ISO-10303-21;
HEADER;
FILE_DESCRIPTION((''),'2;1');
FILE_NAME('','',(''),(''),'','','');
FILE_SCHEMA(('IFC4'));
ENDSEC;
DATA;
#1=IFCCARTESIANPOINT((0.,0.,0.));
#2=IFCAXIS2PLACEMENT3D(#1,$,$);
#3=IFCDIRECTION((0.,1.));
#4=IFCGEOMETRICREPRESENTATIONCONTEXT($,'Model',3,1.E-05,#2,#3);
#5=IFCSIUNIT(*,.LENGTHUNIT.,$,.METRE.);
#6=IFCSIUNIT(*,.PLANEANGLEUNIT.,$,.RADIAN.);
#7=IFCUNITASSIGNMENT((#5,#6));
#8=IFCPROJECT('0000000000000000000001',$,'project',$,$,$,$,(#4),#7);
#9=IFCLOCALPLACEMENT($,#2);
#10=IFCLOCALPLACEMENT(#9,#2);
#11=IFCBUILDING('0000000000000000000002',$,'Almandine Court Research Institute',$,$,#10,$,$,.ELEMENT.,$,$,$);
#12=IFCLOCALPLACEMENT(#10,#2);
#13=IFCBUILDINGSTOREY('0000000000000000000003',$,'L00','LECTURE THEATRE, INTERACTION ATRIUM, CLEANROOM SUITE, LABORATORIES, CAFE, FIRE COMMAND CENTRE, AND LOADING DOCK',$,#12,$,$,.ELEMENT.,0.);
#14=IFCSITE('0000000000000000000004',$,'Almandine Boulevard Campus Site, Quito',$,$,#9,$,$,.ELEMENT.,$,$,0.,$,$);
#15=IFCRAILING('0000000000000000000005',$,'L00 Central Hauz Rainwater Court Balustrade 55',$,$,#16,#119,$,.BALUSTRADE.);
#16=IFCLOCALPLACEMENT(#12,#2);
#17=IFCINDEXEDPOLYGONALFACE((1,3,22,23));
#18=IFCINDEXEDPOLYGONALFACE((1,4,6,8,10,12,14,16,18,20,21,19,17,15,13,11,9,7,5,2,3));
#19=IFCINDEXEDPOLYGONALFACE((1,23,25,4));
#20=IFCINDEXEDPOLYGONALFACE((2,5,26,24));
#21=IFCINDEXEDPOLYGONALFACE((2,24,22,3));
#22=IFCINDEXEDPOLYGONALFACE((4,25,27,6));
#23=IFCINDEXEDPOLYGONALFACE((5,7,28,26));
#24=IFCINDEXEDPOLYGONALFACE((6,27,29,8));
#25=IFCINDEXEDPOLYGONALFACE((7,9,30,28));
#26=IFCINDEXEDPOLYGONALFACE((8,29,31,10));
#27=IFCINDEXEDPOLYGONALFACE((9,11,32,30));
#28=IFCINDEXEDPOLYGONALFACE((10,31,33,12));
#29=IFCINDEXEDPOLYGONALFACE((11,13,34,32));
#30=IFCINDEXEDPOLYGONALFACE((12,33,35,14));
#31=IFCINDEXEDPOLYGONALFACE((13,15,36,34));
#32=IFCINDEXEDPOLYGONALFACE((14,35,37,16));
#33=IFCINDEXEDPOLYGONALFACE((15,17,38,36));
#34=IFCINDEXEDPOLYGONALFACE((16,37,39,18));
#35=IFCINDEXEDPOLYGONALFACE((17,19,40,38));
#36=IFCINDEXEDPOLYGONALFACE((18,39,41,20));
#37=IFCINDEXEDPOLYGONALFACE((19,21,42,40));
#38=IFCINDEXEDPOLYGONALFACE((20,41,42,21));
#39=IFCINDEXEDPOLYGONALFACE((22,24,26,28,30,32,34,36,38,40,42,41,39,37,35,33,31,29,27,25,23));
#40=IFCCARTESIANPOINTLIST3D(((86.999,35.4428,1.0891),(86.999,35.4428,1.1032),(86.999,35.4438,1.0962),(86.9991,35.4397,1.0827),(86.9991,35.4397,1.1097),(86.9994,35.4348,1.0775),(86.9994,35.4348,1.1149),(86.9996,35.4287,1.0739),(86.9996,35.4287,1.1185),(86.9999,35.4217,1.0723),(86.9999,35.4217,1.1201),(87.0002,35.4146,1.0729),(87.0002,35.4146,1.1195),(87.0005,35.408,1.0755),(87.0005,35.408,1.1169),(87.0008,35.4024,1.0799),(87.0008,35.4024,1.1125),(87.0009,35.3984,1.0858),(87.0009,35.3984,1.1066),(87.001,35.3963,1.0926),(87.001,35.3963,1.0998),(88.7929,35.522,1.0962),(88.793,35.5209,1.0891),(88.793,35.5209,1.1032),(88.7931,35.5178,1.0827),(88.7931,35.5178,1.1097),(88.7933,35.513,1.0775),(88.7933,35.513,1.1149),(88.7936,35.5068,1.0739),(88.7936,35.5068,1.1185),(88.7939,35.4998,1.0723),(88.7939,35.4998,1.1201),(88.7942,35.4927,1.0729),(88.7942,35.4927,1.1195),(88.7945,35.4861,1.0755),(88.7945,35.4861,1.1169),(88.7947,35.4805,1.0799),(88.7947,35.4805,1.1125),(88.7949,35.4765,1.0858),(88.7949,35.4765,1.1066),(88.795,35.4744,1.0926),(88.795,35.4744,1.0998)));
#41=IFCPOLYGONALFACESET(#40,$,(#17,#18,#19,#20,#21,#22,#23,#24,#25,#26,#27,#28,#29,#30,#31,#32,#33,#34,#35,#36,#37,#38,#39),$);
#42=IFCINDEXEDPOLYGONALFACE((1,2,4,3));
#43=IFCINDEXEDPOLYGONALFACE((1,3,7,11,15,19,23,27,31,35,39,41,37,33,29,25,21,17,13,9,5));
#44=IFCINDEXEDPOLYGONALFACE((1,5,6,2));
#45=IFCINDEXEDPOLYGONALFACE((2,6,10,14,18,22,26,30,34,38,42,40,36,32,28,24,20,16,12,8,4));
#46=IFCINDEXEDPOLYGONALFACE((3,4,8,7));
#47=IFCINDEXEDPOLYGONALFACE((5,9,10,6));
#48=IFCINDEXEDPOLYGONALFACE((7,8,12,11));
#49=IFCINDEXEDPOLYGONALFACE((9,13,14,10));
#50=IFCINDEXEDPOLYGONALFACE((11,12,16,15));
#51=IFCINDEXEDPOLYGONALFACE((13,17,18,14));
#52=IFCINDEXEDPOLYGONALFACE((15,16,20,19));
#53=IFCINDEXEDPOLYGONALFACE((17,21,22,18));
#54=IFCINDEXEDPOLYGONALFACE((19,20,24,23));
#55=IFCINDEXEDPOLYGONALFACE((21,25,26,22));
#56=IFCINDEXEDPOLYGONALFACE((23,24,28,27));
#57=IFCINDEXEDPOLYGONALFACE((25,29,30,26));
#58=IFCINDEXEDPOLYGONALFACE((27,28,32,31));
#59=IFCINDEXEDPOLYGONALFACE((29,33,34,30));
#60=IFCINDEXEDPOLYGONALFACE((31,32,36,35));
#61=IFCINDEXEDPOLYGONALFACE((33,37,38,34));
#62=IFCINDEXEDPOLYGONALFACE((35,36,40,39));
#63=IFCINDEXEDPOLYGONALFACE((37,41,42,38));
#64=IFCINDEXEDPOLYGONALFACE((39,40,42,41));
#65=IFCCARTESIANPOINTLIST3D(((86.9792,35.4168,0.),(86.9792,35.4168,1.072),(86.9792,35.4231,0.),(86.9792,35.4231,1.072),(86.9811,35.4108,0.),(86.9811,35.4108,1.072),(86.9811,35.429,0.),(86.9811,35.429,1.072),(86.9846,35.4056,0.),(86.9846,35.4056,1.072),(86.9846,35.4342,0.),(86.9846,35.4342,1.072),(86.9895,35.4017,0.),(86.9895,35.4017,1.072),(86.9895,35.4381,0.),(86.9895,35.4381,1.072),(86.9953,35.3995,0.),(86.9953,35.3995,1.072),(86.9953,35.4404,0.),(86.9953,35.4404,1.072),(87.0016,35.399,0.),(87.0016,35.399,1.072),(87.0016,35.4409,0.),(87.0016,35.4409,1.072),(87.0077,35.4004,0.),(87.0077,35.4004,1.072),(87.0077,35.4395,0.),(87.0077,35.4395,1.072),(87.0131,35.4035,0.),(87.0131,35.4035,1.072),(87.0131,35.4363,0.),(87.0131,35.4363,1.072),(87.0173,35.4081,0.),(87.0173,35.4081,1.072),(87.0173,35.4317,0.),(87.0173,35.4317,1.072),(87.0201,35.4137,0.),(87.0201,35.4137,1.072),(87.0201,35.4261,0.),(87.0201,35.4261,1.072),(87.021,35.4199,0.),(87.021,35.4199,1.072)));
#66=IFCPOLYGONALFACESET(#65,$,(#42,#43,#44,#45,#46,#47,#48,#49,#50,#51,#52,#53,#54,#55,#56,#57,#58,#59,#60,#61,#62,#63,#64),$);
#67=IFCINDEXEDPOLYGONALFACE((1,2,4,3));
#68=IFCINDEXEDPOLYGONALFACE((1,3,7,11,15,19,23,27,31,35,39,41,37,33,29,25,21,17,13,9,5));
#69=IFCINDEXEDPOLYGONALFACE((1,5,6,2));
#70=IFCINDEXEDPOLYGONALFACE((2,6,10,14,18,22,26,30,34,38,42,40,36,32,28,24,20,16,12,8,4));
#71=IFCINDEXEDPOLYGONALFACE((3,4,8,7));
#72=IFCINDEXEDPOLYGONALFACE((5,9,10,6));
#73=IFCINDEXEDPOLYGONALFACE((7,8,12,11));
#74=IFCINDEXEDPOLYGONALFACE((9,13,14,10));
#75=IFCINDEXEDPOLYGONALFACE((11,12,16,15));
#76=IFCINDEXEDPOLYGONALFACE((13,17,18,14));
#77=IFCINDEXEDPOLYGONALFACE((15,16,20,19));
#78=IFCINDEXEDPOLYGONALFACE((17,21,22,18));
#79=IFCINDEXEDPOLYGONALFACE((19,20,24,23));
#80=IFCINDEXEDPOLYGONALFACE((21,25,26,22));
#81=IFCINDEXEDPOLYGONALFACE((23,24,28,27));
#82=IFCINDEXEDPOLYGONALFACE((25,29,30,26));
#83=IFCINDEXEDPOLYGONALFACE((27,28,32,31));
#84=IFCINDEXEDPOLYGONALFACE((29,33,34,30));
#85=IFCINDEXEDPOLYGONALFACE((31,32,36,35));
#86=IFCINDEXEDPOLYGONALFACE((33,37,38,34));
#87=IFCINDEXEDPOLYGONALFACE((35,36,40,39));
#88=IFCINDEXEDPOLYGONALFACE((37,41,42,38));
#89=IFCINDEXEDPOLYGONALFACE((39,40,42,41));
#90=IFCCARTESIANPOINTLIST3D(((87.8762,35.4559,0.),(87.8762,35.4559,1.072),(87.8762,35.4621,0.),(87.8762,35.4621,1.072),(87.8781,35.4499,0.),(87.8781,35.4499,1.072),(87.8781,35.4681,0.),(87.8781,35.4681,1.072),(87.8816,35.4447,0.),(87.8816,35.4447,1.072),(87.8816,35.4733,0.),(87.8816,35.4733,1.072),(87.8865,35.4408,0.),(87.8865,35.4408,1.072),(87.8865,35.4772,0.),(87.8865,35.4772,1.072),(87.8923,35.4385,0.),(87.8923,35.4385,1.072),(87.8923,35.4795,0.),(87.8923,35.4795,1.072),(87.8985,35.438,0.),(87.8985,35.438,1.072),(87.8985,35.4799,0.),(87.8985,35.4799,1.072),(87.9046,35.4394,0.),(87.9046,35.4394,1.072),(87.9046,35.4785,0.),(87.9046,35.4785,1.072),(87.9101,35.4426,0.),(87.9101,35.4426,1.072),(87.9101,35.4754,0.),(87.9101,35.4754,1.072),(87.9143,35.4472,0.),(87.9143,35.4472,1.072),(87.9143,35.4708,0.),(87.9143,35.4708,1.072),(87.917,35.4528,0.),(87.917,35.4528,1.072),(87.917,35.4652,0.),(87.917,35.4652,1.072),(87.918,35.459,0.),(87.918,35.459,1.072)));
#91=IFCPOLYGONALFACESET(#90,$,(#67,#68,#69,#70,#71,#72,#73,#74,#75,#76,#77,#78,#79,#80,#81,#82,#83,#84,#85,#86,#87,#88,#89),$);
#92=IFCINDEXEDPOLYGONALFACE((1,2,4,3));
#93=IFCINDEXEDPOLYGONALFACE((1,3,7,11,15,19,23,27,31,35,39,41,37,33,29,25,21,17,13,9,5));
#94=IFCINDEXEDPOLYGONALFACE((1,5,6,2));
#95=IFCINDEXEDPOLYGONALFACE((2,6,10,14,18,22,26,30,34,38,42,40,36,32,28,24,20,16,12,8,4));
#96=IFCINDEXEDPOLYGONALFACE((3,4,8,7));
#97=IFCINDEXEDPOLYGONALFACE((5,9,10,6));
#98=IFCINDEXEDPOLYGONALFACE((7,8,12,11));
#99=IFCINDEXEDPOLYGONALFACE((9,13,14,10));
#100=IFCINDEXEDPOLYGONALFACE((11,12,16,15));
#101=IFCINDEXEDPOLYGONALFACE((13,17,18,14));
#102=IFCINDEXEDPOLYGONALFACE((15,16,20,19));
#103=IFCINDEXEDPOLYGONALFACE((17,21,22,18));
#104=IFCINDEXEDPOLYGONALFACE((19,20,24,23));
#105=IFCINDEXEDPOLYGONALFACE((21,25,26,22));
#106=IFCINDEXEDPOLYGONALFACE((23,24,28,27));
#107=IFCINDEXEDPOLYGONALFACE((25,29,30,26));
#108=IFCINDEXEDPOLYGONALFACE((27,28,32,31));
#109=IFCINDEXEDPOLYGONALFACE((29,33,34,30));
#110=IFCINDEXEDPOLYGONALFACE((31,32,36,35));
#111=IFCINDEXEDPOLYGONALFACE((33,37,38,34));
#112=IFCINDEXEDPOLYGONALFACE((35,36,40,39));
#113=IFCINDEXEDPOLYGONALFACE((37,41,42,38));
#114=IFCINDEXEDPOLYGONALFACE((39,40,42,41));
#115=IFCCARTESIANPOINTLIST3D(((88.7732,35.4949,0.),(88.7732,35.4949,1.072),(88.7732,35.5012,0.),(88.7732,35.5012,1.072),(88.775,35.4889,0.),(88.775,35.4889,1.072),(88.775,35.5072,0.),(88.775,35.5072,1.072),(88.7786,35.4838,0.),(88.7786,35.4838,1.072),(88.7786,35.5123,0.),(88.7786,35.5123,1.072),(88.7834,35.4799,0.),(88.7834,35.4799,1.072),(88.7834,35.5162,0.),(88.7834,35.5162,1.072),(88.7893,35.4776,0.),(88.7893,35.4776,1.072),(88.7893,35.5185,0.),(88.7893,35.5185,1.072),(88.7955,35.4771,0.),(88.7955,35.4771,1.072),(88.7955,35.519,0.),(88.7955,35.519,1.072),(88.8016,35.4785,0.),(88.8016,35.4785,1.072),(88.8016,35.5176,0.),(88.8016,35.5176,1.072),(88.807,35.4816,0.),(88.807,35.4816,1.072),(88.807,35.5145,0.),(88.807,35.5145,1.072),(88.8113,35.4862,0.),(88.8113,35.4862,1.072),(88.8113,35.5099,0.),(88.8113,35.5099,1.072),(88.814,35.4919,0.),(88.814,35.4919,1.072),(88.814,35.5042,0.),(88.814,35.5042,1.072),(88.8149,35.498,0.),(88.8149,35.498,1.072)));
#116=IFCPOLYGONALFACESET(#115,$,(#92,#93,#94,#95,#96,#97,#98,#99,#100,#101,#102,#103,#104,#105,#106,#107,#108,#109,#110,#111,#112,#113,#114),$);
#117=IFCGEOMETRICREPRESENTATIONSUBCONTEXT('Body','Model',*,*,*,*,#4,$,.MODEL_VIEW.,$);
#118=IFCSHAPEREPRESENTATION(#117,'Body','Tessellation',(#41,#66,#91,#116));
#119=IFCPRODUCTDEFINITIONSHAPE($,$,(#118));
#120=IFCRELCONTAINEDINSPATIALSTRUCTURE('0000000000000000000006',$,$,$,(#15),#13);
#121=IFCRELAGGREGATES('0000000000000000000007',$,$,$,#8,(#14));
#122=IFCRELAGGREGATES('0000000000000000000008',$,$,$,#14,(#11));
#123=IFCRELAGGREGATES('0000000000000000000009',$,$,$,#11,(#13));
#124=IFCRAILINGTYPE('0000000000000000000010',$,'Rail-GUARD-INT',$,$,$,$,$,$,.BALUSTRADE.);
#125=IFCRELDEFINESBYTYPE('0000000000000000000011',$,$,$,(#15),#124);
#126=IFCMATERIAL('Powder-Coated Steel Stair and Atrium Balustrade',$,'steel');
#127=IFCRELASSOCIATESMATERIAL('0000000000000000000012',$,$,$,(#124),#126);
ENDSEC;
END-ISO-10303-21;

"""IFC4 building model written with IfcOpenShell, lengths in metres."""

from ifc_helpers import new_model, si_unit, direction, frame, origin, origin_2d, place, context, subcontext, project, spatial, circle, extrude, material, type_object, element, save


model = new_model("IFC4")

# Units and contexts
model_context = context("Model", 3, precision=1e-05, world=origin(), true_north=direction((0.0, 1.0)))
body_context = subcontext(model_context, "Body", "Model", "MODEL_VIEW")
ifc_project = project(units=[si_unit("LENGTHUNIT", "METRE"), si_unit("PLANEANGLEUNIT", "RADIAN")], contexts=[model_context])

# Site, building, storey
site_placement = place(None, origin())
site = spatial("IfcSite", under=ifc_project, at=site_placement, Name="Almandine Boulevard Campus Site, Quito", CompositionType="ELEMENT", RefElevation=0.0)
building_placement = place(site_placement, origin())
building = spatial("IfcBuilding", under=site, at=building_placement, Name="Almandine Court Research Institute", CompositionType="ELEMENT")
storey_placement = place(building_placement, origin())
storey = spatial("IfcBuildingStorey", under=building, at=storey_placement, Name="L00", Description="LECTURE THEATRE, INTERACTION ATRIUM, CLEANROOM SUITE, LABORATORIES, CAFE, FIRE COMMAND CENTRE, AND LOADING DOCK", CompositionType="ELEMENT", Elevation=0.0)

# Railing
ifc_material_1 = material(Name="Powder-Coated Steel Stair and Atrium Balustrade", Category="steel")
railing_type = type_object("IfcRailingType", Name="Rail-GUARD-INT", PredefinedType="BALUSTRADE", material=ifc_material_1)
railing_1_placement = place(storey_placement, frame((87.0, 35.4199, 0.0)))
element("IfcRailing", 1, at=railing_1_placement, inside=storey, type_object=railing_type, Name="L00 Central Hauz Rainwater Court Balustrade 55", PredefinedType="BALUSTRADE", context=body_context, shape_type="SweptSolid", body=[
    extrude(circle(Radius=0.0239, at=origin_2d()), frame((0.0, 0.0, 1.0962), z_axis=(0.999053, 0.043508, 0.0), x_axis=(-0.043508, 0.999053, 0.0)), (0.0, 0.0, 1.0), 1.7957),
    extrude(circle(Radius=0.021, at=origin_2d()), origin(), (0.0, 0.0, 1.0), 1.072),
    extrude(circle(Radius=0.021, at=origin_2d()), frame((0.897, 0.0391, 0.0)), (0.0, 0.0, 1.0), 1.072),
    extrude(circle(Radius=0.021, at=origin_2d()), frame((1.7939, 0.0781, 0.0)), (0.0, 0.0, 1.0), 1.072),
])

save(model, "model.ifc")
